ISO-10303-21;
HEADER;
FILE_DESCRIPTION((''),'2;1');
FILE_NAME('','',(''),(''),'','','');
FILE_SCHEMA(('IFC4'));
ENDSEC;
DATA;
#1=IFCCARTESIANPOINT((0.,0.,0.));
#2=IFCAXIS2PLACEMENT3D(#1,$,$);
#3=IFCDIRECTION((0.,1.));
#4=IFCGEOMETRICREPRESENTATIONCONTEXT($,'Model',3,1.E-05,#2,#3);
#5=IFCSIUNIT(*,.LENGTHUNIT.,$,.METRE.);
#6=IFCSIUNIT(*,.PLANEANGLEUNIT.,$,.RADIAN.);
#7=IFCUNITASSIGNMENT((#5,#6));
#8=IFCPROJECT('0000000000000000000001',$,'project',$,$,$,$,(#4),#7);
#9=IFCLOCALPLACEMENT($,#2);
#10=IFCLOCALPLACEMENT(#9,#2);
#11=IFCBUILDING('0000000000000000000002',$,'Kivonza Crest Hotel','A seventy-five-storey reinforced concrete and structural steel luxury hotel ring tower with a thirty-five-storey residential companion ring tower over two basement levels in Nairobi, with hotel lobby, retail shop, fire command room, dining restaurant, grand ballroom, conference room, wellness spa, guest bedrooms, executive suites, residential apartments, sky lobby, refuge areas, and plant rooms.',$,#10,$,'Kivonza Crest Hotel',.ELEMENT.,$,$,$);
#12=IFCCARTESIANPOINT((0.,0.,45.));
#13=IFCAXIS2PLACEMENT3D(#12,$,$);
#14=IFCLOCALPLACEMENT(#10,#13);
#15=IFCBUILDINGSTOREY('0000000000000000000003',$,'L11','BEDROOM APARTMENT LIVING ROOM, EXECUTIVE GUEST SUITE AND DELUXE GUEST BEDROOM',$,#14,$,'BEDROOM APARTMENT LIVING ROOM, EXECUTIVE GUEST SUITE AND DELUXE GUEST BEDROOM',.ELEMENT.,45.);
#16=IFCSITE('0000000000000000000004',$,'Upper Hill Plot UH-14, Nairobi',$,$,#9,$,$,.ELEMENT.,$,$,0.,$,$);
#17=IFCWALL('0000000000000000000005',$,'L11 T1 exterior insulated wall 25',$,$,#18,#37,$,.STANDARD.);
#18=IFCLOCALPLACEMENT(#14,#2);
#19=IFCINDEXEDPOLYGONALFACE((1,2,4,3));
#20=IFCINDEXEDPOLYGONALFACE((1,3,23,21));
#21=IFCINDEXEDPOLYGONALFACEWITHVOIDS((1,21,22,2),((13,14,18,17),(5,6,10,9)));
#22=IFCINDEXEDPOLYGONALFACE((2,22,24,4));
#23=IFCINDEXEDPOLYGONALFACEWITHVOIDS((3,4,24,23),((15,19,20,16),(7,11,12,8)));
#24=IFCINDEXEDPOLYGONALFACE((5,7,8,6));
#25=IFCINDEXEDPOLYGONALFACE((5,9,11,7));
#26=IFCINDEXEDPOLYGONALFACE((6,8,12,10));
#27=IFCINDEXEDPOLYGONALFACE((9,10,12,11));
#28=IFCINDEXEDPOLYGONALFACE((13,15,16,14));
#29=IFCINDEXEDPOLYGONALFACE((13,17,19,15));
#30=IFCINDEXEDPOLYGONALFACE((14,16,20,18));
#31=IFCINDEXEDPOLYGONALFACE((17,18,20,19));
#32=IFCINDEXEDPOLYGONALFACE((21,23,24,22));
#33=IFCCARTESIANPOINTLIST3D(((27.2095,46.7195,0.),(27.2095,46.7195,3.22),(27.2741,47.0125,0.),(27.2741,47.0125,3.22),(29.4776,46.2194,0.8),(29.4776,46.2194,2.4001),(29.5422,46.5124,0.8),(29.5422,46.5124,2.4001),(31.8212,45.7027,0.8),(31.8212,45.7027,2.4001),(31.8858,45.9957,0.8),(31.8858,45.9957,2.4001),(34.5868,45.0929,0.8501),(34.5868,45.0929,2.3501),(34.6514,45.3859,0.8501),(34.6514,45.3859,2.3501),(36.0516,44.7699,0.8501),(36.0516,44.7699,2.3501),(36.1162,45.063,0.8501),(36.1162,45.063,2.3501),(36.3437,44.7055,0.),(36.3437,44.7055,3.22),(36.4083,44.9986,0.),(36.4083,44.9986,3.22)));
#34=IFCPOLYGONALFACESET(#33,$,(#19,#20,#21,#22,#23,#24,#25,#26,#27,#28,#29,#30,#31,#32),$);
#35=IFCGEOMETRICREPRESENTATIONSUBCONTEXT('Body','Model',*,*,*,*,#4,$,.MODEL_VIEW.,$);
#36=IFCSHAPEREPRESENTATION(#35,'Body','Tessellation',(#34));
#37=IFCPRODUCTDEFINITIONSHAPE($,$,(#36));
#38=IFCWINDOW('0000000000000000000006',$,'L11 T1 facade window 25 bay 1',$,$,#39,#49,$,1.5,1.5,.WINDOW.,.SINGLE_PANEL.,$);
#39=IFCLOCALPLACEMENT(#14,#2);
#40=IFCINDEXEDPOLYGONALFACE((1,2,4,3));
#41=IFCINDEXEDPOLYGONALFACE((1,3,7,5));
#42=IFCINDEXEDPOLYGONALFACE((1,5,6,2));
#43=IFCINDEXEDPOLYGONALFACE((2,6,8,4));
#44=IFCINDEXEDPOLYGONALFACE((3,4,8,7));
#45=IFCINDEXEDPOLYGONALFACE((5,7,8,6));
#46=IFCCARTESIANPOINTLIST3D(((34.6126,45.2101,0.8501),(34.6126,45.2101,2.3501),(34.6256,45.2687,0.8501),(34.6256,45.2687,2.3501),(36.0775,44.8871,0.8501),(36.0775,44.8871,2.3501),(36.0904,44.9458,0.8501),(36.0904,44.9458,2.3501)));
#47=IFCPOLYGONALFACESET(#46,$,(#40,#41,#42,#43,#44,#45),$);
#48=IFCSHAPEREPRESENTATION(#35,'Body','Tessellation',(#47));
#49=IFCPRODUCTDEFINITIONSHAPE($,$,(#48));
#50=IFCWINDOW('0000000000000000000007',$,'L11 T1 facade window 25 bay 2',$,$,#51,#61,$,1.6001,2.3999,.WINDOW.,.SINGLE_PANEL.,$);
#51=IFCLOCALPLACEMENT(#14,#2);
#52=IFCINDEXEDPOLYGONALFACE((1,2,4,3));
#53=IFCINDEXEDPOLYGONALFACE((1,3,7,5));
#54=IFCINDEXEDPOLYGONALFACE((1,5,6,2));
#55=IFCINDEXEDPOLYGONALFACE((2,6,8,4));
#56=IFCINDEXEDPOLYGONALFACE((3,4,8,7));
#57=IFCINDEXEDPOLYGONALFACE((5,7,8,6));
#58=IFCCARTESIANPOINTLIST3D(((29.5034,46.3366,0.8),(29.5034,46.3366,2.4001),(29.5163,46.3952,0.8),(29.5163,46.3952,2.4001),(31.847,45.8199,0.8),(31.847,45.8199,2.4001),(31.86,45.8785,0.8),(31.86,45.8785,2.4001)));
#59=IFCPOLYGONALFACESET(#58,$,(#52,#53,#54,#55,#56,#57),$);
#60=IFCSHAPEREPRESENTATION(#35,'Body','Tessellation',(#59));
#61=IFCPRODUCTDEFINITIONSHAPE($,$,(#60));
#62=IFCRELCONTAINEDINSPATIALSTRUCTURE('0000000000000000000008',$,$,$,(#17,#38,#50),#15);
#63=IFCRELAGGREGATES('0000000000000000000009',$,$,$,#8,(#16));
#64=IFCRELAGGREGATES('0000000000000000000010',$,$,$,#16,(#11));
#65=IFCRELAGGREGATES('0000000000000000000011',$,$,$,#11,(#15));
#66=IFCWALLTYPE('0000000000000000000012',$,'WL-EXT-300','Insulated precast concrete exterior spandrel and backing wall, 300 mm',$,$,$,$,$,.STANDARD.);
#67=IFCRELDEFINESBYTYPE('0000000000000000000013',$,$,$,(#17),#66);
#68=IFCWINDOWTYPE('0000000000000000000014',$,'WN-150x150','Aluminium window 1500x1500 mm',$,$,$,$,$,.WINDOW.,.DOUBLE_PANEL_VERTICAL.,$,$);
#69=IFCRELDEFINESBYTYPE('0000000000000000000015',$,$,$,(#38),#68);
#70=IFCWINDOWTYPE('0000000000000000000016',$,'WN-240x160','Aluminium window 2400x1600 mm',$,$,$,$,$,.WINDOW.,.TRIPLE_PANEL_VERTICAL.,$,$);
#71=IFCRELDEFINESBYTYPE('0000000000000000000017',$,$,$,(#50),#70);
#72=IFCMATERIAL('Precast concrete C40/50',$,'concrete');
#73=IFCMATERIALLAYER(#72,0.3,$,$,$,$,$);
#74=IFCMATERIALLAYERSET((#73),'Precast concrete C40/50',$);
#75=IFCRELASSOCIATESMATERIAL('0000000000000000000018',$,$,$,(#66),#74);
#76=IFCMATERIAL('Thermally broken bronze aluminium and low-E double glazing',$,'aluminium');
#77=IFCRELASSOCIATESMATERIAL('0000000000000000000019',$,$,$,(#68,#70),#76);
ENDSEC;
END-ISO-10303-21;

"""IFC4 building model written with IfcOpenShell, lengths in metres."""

from ifc_helpers import new_model, si_unit, direction, frame, frame_2d, origin, place, context, subcontext, project, spatial, rectangle, extrude, material, layer, layer_set, type_object, element, fill, save


model = new_model("IFC4")

# Units and contexts
model_context = context("Model", 3, precision=1e-05, world=origin(), true_north=direction((0.0, 1.0)))
body_context = subcontext(model_context, "Body", "Model", "MODEL_VIEW")
ifc_project = project(units=[si_unit("LENGTHUNIT", "METRE"), si_unit("PLANEANGLEUNIT", "RADIAN")], contexts=[model_context])

# Site, building, storey
site_placement = place(None, origin())
site = spatial("IfcSite", under=ifc_project, at=site_placement, Name="Upper Hill Plot UH-14, Nairobi", CompositionType="ELEMENT", RefElevation=0.0)
building_placement = place(site_placement, origin())
building = spatial("IfcBuilding", under=site, at=building_placement, Name="Kivonza Crest Hotel", Description="A seventy-five-storey reinforced concrete and structural steel luxury hotel ring tower with a thirty-five-storey residential companion ring tower over two basement levels in Nairobi, with hotel lobby, retail shop, fire command room, dining restaurant, grand ballroom, conference room, wellness spa, guest bedrooms, executive suites, residential apartments, sky lobby, refuge areas, and plant rooms.", LongName="Kivonza Crest Hotel", CompositionType="ELEMENT")
storey_placement = place(building_placement, frame((0.0, 0.0, 45.0)))
storey = spatial("IfcBuildingStorey", under=building, at=storey_placement, Name="L11", Description="BEDROOM APARTMENT LIVING ROOM, EXECUTIVE GUEST SUITE AND DELUXE GUEST BEDROOM", LongName="BEDROOM APARTMENT LIVING ROOM, EXECUTIVE GUEST SUITE AND DELUXE GUEST BEDROOM", CompositionType="ELEMENT", Elevation=45.0)

# Shared definitions
ifc_material_1 = material(Name="Precast concrete C40/50", Category="concrete")
ifc_layer_1 = layer(ifc_material_1, 0.3)
ifc_layer_set_1 = layer_set([ifc_layer_1], Name="Precast concrete C40/50")
wall_type_1 = type_object("IfcWallType", Name="WL-EXT-300", Description="Insulated precast concrete exterior spandrel and backing wall, 300 mm", PredefinedType="STANDARD", material=ifc_layer_set_1)

# Wall, openings, windows
wall_1_placement = place(storey_placement, frame((36.376, 44.8521, 0.0), z_axis=(0.0, 0.0, 1.0), x_axis=(-0.976545, 0.215313, 0.0)))
wall_1 = element("IfcWall", 1, at=wall_1_placement, inside=storey, type_object=wall_type_1, Name="L11 T1 exterior insulated wall 25", PredefinedType="STANDARD", context=body_context, shape_type="SweptSolid", body=[
    extrude(rectangle(XDim=9.3535, YDim=0.3, at=frame_2d((4.6768, 0.0))), origin(), (0.0, 0.0, 1.0), 3.22),
])
opening_1_placement = place(wall_1_placement, frame((0.2991, 0.0, 0.8501)))
opening_1 = element("IfcOpeningElement", 2, at=opening_1_placement, cuts=wall_1, PredefinedType="OPENING", context=body_context, shape_type="SweptSolid", body=[
    extrude(rectangle(XDim=1.5, YDim=1.5, at=frame_2d((0.75, 0.75))), frame((0.0, 0.1602, 0.0), z_axis=(0.0, -1.0, 0.0), x_axis=(1.0, 0.0, 0.0)), (0.0, 0.0, 1.0), 0.3201),
])
opening_2_placement = place(wall_1_placement, frame((4.6311, 0.0, 0.8)))
opening_2 = element("IfcOpeningElement", 3, at=opening_2_placement, cuts=wall_1, PredefinedType="OPENING", context=body_context, shape_type="SweptSolid", body=[
    extrude(rectangle(XDim=2.3999, YDim=1.6001, at=frame_2d((1.2, 0.8))), frame((0.0, 0.1602, 0.0), z_axis=(0.0, -1.0, 0.0), x_axis=(1.0, 0.0, 0.0)), (0.0, 0.0, 1.0), 0.3201),
])
ifc_material_2 = material(Name="Thermally broken bronze aluminium and low-E double glazing", Category="aluminium")
window_type_1 = type_object("IfcWindowType", Name="WN-150x150", Description="Aluminium window 1500x1500 mm", PartitioningType="DOUBLE_PANEL_VERTICAL", PredefinedType="WINDOW", material=ifc_material_2)
window_1_placement = place(opening_1_placement, origin())
window_1 = element("IfcWindow", 4, at=window_1_placement, inside=storey, type_object=window_type_1, Name="L11 T1 facade window 25 bay 1", OverallHeight=1.5, OverallWidth=1.5, PartitioningType="SINGLE_PANEL", PredefinedType="WINDOW", context=body_context, shape_type="SweptSolid", body=[
    extrude(rectangle(XDim=1.5, YDim=1.5, at=frame_2d((0.75, 0.75))), frame((0.0, 0.03, 0.0), z_axis=(0.0, -1.0, 0.0), x_axis=(1.0, 0.0, 0.0)), (0.0, 0.0, 1.0), 0.0601),
])
fill(opening_1, window_1)
window_type_2 = type_object("IfcWindowType", Name="WN-240x160", Description="Aluminium window 2400x1600 mm", PartitioningType="TRIPLE_PANEL_VERTICAL", PredefinedType="WINDOW", material=ifc_material_2)
window_2_placement = place(opening_2_placement, origin())
window_2 = element("IfcWindow", 5, at=window_2_placement, inside=storey, type_object=window_type_2, Name="L11 T1 facade window 25 bay 2", OverallHeight=1.6001, OverallWidth=2.3999, PartitioningType="SINGLE_PANEL", PredefinedType="WINDOW", context=body_context, shape_type="SweptSolid", body=[
    extrude(rectangle(XDim=2.3999, YDim=1.6001, at=frame_2d((1.2, 0.8))), frame((0.0, 0.03, 0.0), z_axis=(0.0, -1.0, 0.0), x_axis=(1.0, 0.0, 0.0)), (0.0, 0.0, 1.0), 0.0601),
])
fill(opening_2, window_2)

save(model, "model.ifc")
